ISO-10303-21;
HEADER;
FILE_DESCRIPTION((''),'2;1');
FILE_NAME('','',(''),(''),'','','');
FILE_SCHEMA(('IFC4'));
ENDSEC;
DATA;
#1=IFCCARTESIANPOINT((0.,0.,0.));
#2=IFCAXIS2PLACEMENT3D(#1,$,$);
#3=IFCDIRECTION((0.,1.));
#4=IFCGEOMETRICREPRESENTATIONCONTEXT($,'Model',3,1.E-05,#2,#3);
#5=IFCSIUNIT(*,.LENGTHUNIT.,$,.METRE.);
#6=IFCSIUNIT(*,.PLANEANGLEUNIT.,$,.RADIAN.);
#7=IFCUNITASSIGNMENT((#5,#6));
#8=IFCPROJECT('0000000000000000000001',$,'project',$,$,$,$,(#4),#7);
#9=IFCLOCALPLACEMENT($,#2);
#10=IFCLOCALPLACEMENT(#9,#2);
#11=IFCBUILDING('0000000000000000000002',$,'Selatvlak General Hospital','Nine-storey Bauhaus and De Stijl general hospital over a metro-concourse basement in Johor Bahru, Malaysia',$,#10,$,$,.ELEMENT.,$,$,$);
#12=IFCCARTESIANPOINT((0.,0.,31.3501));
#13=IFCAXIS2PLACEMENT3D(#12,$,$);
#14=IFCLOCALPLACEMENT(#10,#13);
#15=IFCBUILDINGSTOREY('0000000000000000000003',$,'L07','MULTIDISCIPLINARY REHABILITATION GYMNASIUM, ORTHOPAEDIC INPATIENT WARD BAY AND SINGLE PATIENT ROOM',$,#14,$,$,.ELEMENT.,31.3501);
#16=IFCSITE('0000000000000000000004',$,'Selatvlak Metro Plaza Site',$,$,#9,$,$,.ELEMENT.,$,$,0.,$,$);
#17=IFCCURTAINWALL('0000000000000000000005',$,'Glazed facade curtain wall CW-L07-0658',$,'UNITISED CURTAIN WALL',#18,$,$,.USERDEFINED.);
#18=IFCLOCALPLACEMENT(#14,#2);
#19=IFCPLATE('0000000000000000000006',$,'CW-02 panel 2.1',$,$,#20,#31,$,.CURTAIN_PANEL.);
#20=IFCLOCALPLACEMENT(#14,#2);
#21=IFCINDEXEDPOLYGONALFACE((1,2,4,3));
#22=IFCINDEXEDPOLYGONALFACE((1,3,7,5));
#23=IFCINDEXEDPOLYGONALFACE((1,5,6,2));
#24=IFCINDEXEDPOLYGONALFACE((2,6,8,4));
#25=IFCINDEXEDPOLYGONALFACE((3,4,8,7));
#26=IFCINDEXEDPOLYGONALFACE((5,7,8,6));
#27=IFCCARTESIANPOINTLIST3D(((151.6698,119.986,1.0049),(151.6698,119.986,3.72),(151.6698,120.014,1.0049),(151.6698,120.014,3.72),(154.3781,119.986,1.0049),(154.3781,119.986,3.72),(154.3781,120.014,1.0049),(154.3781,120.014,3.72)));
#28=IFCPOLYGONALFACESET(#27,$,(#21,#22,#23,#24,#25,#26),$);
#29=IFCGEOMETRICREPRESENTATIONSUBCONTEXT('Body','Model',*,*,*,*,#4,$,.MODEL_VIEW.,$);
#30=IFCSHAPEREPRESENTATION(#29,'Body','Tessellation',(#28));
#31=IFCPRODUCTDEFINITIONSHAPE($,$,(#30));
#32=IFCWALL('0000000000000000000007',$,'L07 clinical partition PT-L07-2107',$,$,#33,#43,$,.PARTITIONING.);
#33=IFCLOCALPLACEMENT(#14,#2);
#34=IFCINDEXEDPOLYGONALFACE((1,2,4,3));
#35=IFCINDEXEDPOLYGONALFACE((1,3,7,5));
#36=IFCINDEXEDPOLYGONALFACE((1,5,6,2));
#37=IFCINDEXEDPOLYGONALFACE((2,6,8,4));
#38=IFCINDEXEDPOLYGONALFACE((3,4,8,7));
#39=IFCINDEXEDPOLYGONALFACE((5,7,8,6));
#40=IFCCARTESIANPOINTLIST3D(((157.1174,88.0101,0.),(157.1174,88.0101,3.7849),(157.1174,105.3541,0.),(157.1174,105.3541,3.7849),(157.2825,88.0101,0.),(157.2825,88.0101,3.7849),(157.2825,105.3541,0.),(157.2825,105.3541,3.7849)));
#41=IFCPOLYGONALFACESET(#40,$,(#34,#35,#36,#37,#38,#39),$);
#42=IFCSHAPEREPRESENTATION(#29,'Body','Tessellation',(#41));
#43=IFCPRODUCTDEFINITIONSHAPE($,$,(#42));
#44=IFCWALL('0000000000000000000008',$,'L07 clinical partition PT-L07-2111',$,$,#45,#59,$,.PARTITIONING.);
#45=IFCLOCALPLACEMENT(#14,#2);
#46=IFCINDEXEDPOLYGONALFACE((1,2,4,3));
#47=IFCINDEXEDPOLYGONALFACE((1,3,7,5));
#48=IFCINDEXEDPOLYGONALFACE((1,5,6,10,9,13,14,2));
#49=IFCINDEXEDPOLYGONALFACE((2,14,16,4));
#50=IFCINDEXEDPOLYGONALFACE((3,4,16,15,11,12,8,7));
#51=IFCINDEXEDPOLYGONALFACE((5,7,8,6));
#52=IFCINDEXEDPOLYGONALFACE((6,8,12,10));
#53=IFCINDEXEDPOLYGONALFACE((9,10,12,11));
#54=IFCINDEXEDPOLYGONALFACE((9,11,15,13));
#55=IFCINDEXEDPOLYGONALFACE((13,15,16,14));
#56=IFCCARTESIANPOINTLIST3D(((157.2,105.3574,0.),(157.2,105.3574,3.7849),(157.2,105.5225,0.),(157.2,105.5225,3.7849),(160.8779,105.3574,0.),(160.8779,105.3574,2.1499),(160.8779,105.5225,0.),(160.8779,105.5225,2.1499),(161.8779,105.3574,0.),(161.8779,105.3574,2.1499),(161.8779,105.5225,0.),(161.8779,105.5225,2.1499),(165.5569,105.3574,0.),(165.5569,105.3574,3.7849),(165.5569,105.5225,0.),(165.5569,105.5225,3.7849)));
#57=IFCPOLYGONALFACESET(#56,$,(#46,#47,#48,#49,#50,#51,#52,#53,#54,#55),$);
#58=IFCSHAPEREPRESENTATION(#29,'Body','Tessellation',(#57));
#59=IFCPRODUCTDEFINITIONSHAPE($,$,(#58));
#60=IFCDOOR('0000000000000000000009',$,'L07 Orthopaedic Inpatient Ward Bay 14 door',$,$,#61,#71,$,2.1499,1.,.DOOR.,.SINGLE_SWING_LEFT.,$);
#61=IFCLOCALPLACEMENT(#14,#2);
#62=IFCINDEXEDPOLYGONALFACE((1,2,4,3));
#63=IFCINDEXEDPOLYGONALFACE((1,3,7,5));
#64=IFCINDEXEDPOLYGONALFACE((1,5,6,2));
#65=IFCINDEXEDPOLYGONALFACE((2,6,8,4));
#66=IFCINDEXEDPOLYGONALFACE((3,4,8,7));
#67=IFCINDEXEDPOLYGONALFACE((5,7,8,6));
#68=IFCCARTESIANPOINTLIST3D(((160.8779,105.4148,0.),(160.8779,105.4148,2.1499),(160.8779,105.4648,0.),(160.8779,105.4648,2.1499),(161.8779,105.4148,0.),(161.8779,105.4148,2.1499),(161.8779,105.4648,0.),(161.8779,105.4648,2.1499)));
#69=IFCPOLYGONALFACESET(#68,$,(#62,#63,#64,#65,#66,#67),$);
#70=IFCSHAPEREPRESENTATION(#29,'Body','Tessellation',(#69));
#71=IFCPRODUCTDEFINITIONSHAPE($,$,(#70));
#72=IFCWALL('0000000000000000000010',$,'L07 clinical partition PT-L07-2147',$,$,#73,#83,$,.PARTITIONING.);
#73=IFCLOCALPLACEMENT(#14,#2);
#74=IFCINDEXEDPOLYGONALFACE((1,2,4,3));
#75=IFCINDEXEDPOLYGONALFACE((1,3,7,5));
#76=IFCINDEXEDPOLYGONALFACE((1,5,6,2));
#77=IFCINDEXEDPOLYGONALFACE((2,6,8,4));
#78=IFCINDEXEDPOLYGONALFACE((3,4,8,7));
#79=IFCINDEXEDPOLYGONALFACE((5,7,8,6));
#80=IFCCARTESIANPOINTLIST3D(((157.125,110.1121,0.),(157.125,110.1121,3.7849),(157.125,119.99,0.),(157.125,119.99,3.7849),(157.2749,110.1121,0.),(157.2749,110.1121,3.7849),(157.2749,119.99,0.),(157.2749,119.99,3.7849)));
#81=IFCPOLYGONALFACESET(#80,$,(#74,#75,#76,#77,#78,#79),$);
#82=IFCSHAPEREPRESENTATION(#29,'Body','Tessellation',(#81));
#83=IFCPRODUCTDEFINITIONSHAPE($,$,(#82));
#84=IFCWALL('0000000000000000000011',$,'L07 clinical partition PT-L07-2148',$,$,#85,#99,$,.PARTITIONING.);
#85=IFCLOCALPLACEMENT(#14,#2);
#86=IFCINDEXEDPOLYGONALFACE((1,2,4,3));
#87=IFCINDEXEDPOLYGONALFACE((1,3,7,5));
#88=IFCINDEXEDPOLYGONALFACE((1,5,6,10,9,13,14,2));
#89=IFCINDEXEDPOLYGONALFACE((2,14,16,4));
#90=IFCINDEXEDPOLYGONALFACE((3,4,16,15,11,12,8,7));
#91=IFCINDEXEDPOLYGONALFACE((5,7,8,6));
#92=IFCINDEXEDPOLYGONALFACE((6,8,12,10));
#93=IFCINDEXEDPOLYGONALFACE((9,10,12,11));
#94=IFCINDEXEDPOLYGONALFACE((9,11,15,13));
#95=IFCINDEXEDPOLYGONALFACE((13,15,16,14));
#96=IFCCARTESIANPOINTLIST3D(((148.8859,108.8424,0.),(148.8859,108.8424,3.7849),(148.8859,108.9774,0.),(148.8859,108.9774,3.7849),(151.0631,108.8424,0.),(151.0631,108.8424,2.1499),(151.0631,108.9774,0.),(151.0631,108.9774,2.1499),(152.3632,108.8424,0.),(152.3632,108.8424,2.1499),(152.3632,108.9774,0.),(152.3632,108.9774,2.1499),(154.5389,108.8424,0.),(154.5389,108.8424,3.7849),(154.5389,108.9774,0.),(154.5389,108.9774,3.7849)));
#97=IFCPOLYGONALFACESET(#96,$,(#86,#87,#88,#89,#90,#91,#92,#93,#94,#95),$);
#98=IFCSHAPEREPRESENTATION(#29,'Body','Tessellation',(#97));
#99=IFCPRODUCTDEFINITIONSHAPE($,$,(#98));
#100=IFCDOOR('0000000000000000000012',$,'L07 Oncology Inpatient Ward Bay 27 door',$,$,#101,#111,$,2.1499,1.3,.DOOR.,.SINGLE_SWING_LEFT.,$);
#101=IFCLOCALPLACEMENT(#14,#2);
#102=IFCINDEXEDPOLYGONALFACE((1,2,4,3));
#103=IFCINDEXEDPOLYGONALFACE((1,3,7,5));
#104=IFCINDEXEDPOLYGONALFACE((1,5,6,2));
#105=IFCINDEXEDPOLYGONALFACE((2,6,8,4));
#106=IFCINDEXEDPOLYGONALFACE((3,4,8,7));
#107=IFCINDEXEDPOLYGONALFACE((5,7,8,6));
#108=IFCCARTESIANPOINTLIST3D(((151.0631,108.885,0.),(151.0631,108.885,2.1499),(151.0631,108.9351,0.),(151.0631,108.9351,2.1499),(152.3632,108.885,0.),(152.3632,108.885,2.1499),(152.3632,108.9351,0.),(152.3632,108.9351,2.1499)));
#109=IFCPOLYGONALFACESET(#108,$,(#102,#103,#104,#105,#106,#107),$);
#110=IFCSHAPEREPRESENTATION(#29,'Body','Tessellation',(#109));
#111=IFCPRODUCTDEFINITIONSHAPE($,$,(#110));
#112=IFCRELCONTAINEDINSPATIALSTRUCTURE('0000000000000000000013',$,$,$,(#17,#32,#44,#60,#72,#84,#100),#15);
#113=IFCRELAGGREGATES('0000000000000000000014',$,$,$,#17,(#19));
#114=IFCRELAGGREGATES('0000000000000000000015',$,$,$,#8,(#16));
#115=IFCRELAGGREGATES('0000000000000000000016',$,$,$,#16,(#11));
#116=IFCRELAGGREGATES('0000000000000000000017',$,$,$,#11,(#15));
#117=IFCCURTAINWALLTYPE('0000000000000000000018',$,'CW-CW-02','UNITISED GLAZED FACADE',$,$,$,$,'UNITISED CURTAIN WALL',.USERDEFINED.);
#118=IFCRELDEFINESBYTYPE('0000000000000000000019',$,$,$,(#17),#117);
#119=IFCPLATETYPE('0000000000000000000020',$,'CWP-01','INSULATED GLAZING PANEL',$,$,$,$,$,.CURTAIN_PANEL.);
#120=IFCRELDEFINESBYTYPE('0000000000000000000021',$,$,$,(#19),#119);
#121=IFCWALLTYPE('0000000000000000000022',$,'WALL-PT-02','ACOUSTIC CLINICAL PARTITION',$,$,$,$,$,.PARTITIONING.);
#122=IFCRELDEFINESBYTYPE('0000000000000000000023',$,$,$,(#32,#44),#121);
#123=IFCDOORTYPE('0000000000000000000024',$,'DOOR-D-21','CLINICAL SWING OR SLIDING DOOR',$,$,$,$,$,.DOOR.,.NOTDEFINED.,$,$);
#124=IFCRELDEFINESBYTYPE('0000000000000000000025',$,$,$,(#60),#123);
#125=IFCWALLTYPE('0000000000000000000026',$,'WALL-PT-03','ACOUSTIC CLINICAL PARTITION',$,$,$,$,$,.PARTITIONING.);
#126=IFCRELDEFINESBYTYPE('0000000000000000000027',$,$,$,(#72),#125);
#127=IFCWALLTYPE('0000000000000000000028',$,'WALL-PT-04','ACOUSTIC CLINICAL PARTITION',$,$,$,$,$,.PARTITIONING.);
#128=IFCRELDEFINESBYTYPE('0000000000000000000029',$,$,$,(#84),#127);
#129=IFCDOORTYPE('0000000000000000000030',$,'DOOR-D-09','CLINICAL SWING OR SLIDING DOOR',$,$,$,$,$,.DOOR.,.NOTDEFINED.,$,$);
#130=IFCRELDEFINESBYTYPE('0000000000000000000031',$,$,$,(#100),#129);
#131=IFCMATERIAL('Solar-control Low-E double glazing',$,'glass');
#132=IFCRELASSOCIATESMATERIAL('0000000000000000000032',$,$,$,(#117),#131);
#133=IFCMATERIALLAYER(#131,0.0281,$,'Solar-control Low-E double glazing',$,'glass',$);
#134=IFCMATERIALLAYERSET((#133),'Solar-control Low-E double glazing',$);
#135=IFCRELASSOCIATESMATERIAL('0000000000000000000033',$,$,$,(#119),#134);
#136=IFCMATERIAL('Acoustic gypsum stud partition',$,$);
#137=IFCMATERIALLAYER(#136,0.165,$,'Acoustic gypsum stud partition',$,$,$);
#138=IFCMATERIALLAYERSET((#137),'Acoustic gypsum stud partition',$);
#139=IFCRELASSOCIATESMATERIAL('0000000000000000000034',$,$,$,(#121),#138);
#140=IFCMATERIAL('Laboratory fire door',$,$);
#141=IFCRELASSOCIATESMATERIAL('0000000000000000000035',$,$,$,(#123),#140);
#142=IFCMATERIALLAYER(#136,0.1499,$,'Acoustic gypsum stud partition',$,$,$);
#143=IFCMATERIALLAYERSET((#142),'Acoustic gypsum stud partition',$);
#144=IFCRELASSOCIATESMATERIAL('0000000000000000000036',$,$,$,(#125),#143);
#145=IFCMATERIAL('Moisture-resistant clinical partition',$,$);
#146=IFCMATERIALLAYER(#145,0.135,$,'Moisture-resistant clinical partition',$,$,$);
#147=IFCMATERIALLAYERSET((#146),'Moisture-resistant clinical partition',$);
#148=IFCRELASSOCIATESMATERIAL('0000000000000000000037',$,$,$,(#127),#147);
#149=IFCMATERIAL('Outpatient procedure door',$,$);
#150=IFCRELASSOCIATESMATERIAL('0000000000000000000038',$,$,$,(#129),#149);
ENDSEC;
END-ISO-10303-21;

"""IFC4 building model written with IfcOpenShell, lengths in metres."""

from ifc_helpers import new_model, si_unit, direction, frame, frame_2d, origin, origin_2d, place, context, subcontext, project, spatial, rectangle, extrude, material, layer, layer_set, type_object, element, fill, aggregate, save


model = new_model("IFC4")

# Units and contexts
model_context = context("Model", 3, precision=1e-05, world=origin(), true_north=direction((0.0, 1.0)))
body_context = subcontext(model_context, "Body", "Model", "MODEL_VIEW")
ifc_project = project(units=[si_unit("LENGTHUNIT", "METRE"), si_unit("PLANEANGLEUNIT", "RADIAN")], contexts=[model_context])

# Site, building, storey
site_placement = place(None, origin())
site = spatial("IfcSite", under=ifc_project, at=site_placement, Name="Selatvlak Metro Plaza Site", CompositionType="ELEMENT", RefElevation=0.0)
building_placement = place(site_placement, origin())
building = spatial("IfcBuilding", under=site, at=building_placement, Name="Selatvlak General Hospital", Description="Nine-storey Bauhaus and De Stijl general hospital over a metro-concourse basement in Johor Bahru, Malaysia", CompositionType="ELEMENT")
storey_placement = place(building_placement, frame((0.0, 0.0, 31.3501)))
storey = spatial("IfcBuildingStorey", under=building, at=storey_placement, Name="L07", Description="MULTIDISCIPLINARY REHABILITATION GYMNASIUM, ORTHOPAEDIC INPATIENT WARD BAY AND SINGLE PATIENT ROOM", CompositionType="ELEMENT", Elevation=31.3501)

# Curtain wall, plate
ifc_material_1 = material(Name="Solar-control Low-E double glazing", Category="glass")
curtain_wall_type = type_object("IfcCurtainWallType", Name="CW-CW-02", Description="UNITISED GLAZED FACADE", ElementType="UNITISED CURTAIN WALL", PredefinedType="USERDEFINED", material=ifc_material_1)
curtain_wall_placement = place(storey_placement, origin())
curtain_wall = element("IfcCurtainWall", 1, at=curtain_wall_placement, inside=storey, type_object=curtain_wall_type, Name="Glazed facade curtain wall CW-L07-0658", ObjectType="UNITISED CURTAIN WALL", PredefinedType="USERDEFINED")
ifc_layer_1 = layer(ifc_material_1, 0.0281, Name="Solar-control Low-E double glazing", Category="glass")
ifc_layer_set_1 = layer_set([ifc_layer_1], Name="Solar-control Low-E double glazing")
plate_type = type_object("IfcPlateType", Name="CWP-01", Description="INSULATED GLAZING PANEL", PredefinedType="CURTAIN_PANEL", material=ifc_layer_set_1)
plate_placement = place(storey_placement, frame((153.0239, 120.0, 1.0049), z_axis=(0.0, 0.0, 1.0), x_axis=(1.0, 0.0, 0.0)))
plate = element("IfcPlate", 2, at=plate_placement, type_object=plate_type, Name="CW-02 panel 2.1", PredefinedType="CURTAIN_PANEL", context=body_context, shape_type="SweptSolid", body=[
    extrude(rectangle(XDim=2.7083, YDim=0.0281, at=origin_2d()), origin(), (0.0, 0.0, 1.0), 2.7151),
])
aggregate(curtain_wall, [plate])

# Wall
ifc_material_2 = material(Name="Acoustic gypsum stud partition")
ifc_layer_2 = layer(ifc_material_2, 0.165, Name="Acoustic gypsum stud partition")
ifc_layer_set_2 = layer_set([ifc_layer_2], Name="Acoustic gypsum stud partition")
wall_type_1 = type_object("IfcWallType", Name="WALL-PT-02", Description="ACOUSTIC CLINICAL PARTITION", PredefinedType="PARTITIONING", material=ifc_layer_set_2)
wall_1_placement = place(storey_placement, frame((157.2, 105.354, 0.0), z_axis=(0.0, 0.0, 1.0), x_axis=(0.0, -1.0, 0.0)))
element("IfcWall", 3, at=wall_1_placement, inside=storey, type_object=wall_type_1, Name="L07 clinical partition PT-L07-2107", PredefinedType="PARTITIONING", context=body_context, shape_type="SweptSolid", body=[
    extrude(rectangle(XDim=17.344, YDim=0.165, at=frame_2d((8.6719, 0.0))), origin(), (0.0, 0.0, 1.0), 3.7849),
])

# Wall, opening, door
wall_2_placement = place(storey_placement, frame((157.2, 105.4399, 0.0), z_axis=(0.0, 0.0, 1.0), x_axis=(1.0, 0.0, 0.0)))
wall_2 = element("IfcWall", 4, at=wall_2_placement, inside=storey, type_object=wall_type_1, Name="L07 clinical partition PT-L07-2111", PredefinedType="PARTITIONING", context=body_context, shape_type="SweptSolid", body=[
    extrude(rectangle(XDim=8.3569, YDim=0.165, at=frame_2d((4.1785, 0.0))), origin(), (0.0, 0.0, 1.0), 3.7849),
])
opening_1_placement = place(wall_2_placement, frame((3.678, 0.0, 0.0)))
opening_1 = element("IfcOpeningElement", 5, at=opening_1_placement, cuts=wall_2, PredefinedType="OPENING", context=body_context, shape_type="SweptSolid", body=[
    extrude(rectangle(XDim=1.0, YDim=2.1499, at=frame_2d((0.5, 1.075))), frame((0.0, 0.0925, 0.0), z_axis=(0.0, -1.0, 0.0), x_axis=(1.0, 0.0, 0.0)), (0.0, 0.0, 1.0), 0.1851),
])
ifc_material_3 = material(Name="Laboratory fire door")
door_type_1 = type_object("IfcDoorType", Name="DOOR-D-21", Description="CLINICAL SWING OR SLIDING DOOR", OperationType="NOTDEFINED", PredefinedType="DOOR", material=ifc_material_3)
door_1_placement = place(opening_1_placement, origin())
door_1 = element("IfcDoor", 6, at=door_1_placement, inside=storey, type_object=door_type_1, Name="L07 Orthopaedic Inpatient Ward Bay 14 door", OperationType="SINGLE_SWING_LEFT", OverallHeight=2.1499, OverallWidth=1.0, PredefinedType="DOOR", context=body_context, shape_type="SweptSolid", body=[
    extrude(rectangle(XDim=1.0, YDim=2.1499, at=frame_2d((0.5, 1.075))), frame((0.0, 0.0249, 0.0), z_axis=(0.0, -1.0, 0.0), x_axis=(1.0, 0.0, 0.0)), (0.0, 0.0, 1.0), 0.05),
])
fill(opening_1, door_1)

# Wall
ifc_layer_3 = layer(ifc_material_2, 0.1499, Name="Acoustic gypsum stud partition")
ifc_layer_set_3 = layer_set([ifc_layer_3], Name="Acoustic gypsum stud partition")
wall_type_2 = type_object("IfcWallType", Name="WALL-PT-03", Description="ACOUSTIC CLINICAL PARTITION", PredefinedType="PARTITIONING", material=ifc_layer_set_3)
wall_3_placement = place(storey_placement, frame((157.2, 119.99, 0.0), z_axis=(0.0, 0.0, 1.0), x_axis=(0.0, -1.0, 0.0)))
element("IfcWall", 7, at=wall_3_placement, inside=storey, type_object=wall_type_2, Name="L07 clinical partition PT-L07-2147", PredefinedType="PARTITIONING", context=body_context, shape_type="SweptSolid", body=[
    extrude(rectangle(XDim=9.8779, YDim=0.1499, at=frame_2d((4.939, 0.0))), origin(), (0.0, 0.0, 1.0), 3.7849),
])

# Wall, opening, door
ifc_material_4 = material(Name="Moisture-resistant clinical partition")
ifc_layer_4 = layer(ifc_material_4, 0.135, Name="Moisture-resistant clinical partition")
ifc_layer_set_4 = layer_set([ifc_layer_4], Name="Moisture-resistant clinical partition")
wall_type_3 = type_object("IfcWallType", Name="WALL-PT-04", Description="ACOUSTIC CLINICAL PARTITION", PredefinedType="PARTITIONING", material=ifc_layer_set_4)
wall_4_placement = place(storey_placement, frame((154.5391, 108.9099, 0.0), z_axis=(0.0, 0.0, 1.0), x_axis=(-1.0, 0.0, 0.0)))
wall_4 = element("IfcWall", 8, at=wall_4_placement, inside=storey, type_object=wall_type_3, Name="L07 clinical partition PT-L07-2148", PredefinedType="PARTITIONING", context=body_context, shape_type="SweptSolid", body=[
    extrude(rectangle(XDim=5.6531, YDim=0.135, at=frame_2d((2.8267, 0.0))), origin(), (0.0, 0.0, 1.0), 3.7849),
])
opening_2_placement = place(wall_4_placement, frame((2.176, 0.0, 0.0)))
opening_2 = element("IfcOpeningElement", 9, at=opening_2_placement, cuts=wall_4, PredefinedType="OPENING", context=body_context, shape_type="SweptSolid", body=[
    extrude(rectangle(XDim=1.3, YDim=2.1499, at=frame_2d((0.6499, 1.075))), frame((0.0, 0.0774, 0.0), z_axis=(0.0, -1.0, 0.0), x_axis=(1.0, 0.0, 0.0)), (0.0, 0.0, 1.0), 0.155),
])
ifc_material_5 = material(Name="Outpatient procedure door")
door_type_2 = type_object("IfcDoorType", Name="DOOR-D-09", Description="CLINICAL SWING OR SLIDING DOOR", OperationType="NOTDEFINED", PredefinedType="DOOR", material=ifc_material_5)
door_2_placement = place(opening_2_placement, origin())
door_2 = element("IfcDoor", 10, at=door_2_placement, inside=storey, type_object=door_type_2, Name="L07 Oncology Inpatient Ward Bay 27 door", OperationType="SINGLE_SWING_LEFT", OverallHeight=2.1499, OverallWidth=1.3, PredefinedType="DOOR", context=body_context, shape_type="SweptSolid", body=[
    extrude(rectangle(XDim=1.3, YDim=2.1499, at=frame_2d((0.6499, 1.075))), frame((0.0, 0.0249, 0.0), z_axis=(0.0, -1.0, 0.0), x_axis=(1.0, 0.0, 0.0)), (0.0, 0.0, 1.0), 0.05),
])
fill(opening_2, door_2)

save(model, "model.ifc")
